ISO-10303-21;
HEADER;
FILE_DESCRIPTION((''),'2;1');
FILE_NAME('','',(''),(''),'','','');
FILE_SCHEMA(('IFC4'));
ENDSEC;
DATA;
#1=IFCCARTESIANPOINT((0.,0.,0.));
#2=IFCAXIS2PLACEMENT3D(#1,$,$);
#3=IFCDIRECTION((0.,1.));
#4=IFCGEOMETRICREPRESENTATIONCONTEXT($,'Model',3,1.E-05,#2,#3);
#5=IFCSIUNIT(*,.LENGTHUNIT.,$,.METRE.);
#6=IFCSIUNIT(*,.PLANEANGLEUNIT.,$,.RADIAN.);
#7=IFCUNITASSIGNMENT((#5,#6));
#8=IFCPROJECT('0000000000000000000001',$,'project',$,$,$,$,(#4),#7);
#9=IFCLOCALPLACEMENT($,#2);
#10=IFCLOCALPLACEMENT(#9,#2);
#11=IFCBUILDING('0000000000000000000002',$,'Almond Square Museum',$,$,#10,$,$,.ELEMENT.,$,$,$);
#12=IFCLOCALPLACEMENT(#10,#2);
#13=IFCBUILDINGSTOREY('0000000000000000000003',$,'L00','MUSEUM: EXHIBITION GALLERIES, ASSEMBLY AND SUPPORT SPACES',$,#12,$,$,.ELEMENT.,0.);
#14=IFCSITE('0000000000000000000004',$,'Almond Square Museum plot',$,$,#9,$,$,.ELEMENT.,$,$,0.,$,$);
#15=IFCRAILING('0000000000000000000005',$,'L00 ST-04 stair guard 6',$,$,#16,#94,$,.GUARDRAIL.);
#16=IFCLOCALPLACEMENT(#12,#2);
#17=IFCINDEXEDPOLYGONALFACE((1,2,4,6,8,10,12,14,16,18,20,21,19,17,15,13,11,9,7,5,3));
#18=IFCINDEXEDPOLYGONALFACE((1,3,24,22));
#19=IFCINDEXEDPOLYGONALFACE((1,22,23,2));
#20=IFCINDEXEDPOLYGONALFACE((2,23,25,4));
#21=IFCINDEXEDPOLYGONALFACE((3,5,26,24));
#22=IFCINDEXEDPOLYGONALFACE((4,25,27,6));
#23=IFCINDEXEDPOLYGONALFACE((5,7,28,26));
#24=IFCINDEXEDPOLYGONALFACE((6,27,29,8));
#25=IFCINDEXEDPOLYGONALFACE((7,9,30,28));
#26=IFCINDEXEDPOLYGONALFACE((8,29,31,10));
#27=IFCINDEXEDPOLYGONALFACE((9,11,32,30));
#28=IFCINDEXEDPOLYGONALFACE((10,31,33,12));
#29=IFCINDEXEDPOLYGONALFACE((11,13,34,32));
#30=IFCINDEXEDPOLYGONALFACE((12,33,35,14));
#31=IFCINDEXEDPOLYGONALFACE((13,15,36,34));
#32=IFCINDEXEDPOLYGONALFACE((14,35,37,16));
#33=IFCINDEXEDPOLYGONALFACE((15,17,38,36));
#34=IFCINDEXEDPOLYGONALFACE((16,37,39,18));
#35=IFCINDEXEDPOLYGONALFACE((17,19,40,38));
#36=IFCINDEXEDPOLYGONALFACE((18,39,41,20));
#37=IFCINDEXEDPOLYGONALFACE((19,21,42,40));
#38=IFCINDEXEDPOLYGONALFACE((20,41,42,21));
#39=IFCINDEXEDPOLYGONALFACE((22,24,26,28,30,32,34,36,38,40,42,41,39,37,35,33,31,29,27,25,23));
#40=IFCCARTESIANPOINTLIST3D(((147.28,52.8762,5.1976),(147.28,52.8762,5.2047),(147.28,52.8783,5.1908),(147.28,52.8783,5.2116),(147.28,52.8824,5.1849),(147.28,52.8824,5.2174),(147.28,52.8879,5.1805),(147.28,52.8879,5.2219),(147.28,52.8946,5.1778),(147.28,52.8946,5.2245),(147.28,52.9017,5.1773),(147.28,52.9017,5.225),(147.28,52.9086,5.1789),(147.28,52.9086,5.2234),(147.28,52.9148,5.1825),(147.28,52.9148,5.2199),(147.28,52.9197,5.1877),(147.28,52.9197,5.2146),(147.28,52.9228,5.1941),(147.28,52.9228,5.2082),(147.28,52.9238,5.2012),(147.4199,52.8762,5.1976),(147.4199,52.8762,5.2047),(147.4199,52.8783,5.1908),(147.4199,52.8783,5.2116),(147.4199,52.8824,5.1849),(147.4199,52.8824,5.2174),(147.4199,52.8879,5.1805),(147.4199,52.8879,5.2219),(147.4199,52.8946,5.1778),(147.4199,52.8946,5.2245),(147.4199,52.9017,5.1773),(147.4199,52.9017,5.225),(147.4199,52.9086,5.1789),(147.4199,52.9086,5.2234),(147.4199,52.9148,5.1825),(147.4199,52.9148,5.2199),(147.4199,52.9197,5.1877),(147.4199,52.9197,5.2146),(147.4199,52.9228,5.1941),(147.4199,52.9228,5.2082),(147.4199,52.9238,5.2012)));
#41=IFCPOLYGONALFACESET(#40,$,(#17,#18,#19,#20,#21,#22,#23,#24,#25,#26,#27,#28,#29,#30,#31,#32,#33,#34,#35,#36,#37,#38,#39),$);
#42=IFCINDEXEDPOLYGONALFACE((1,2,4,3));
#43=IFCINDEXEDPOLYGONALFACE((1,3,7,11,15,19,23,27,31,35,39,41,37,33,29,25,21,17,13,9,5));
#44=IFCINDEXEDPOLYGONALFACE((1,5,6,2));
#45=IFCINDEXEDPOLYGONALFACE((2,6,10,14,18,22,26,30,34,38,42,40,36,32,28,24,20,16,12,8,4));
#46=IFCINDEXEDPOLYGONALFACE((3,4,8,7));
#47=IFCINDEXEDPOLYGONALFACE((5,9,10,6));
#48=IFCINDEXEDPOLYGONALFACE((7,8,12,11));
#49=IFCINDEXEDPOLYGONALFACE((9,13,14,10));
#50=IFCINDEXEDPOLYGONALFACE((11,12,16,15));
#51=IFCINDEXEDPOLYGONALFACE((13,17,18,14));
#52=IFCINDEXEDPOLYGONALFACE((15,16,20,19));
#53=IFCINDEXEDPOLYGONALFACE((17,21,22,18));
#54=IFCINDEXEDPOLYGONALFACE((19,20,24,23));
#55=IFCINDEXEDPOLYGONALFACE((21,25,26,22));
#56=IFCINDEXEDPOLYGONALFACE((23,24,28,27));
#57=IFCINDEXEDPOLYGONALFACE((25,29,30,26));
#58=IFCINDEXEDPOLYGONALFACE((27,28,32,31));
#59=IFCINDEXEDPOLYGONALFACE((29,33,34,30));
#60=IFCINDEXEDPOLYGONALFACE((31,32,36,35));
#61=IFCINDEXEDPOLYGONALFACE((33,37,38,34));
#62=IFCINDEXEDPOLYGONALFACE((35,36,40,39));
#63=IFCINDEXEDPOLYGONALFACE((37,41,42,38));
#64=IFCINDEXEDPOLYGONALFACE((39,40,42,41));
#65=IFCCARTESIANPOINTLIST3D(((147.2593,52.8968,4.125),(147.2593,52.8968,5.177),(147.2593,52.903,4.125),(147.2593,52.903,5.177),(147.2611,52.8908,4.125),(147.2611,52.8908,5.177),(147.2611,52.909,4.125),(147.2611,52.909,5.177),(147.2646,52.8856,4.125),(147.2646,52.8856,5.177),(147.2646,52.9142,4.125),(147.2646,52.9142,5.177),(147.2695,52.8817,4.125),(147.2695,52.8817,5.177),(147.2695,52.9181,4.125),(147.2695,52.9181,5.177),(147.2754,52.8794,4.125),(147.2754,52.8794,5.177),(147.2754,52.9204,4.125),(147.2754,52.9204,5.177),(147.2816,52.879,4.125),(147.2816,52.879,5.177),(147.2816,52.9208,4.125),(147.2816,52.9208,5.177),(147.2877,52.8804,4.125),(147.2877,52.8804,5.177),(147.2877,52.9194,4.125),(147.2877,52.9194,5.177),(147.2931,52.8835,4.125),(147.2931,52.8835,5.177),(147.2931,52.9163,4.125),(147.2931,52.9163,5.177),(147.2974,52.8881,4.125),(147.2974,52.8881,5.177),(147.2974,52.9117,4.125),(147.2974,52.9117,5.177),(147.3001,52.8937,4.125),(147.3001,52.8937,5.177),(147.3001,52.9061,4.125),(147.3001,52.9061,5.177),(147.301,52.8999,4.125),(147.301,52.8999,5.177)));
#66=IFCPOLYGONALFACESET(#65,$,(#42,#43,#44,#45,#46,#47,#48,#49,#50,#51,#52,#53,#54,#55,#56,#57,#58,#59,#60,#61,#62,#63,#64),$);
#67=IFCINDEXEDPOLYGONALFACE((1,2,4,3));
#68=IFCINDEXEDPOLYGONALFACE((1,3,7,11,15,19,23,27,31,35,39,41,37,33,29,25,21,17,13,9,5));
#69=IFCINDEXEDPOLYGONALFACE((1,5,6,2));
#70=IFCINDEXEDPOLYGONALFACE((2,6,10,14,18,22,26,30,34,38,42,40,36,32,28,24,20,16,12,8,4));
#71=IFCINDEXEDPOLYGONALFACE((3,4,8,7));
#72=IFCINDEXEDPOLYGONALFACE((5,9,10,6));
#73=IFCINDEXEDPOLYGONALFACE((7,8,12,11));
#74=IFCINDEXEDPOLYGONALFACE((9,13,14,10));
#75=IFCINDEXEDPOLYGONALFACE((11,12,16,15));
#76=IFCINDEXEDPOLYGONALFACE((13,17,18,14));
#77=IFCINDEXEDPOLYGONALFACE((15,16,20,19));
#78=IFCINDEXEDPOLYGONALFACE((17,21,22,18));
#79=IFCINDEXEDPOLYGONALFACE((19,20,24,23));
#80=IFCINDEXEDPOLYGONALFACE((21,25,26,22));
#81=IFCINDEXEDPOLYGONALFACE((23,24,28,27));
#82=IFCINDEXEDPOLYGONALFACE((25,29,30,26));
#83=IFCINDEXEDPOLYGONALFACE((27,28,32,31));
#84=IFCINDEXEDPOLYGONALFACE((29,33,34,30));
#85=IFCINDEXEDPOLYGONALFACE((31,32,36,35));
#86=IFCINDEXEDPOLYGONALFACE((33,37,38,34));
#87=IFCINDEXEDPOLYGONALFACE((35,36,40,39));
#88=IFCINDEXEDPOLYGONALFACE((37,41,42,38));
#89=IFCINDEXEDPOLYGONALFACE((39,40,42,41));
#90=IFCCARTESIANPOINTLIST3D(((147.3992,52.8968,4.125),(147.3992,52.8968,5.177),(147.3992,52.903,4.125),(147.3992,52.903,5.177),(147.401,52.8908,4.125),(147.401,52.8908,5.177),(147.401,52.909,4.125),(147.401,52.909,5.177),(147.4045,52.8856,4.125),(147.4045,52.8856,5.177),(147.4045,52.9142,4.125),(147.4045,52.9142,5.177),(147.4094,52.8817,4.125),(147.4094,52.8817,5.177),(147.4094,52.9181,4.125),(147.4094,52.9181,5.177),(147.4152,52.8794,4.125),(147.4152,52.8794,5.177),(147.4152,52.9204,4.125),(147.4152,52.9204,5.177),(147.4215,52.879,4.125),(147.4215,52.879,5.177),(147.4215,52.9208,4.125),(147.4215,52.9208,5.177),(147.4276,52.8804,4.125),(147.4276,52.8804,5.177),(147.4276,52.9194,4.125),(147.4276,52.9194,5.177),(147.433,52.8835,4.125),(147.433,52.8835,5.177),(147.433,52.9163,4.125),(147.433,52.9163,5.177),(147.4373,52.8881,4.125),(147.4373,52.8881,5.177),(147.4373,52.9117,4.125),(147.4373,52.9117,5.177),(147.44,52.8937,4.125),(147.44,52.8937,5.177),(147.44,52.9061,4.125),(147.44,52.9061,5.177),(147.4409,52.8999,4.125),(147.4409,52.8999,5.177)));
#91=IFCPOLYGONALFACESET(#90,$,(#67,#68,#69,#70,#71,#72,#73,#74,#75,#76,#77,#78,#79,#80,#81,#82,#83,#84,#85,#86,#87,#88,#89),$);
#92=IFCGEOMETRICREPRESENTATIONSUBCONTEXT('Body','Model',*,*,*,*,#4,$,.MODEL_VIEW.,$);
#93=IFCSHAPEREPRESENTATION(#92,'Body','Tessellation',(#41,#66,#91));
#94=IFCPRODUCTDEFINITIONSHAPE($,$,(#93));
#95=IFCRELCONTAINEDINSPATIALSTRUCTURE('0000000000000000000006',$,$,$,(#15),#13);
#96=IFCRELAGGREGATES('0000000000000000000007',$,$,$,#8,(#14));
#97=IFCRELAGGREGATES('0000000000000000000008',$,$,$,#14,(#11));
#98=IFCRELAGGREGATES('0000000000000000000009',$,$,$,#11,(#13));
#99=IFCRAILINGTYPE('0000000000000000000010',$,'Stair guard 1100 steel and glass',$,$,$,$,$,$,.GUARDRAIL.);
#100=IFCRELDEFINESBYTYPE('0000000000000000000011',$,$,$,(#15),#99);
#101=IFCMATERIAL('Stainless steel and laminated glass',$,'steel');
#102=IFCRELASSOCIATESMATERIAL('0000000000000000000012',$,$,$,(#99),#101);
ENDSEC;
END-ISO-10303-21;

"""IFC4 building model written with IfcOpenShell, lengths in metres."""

from ifc_helpers import new_model, si_unit, direction, frame, origin, origin_2d, place, context, subcontext, project, spatial, circle, extrude, material, type_object, element, save


model = new_model("IFC4")

# Units and contexts
model_context = context("Model", 3, precision=1e-05, world=origin(), true_north=direction((0.0, 1.0)))
body_context = subcontext(model_context, "Body", "Model", "MODEL_VIEW")
ifc_project = project(units=[si_unit("LENGTHUNIT", "METRE"), si_unit("PLANEANGLEUNIT", "RADIAN")], contexts=[model_context])

# Site, building, storey
site_placement = place(None, origin())
site = spatial("IfcSite", under=ifc_project, at=site_placement, Name="Almond Square Museum plot", CompositionType="ELEMENT", RefElevation=0.0)
building_placement = place(site_placement, origin())
building = spatial("IfcBuilding", under=site, at=building_placement, Name="Almond Square Museum", CompositionType="ELEMENT")
storey_placement = place(building_placement, origin())
storey = spatial("IfcBuildingStorey", under=building, at=storey_placement, Name="L00", Description="MUSEUM: EXHIBITION GALLERIES, ASSEMBLY AND SUPPORT SPACES", CompositionType="ELEMENT", Elevation=0.0)

# Railing
ifc_material_1 = material(Name="Stainless steel and laminated glass", Category="steel")
railing_type_1 = type_object("IfcRailingType", Name="Stair guard 1100 steel and glass", PredefinedType="GUARDRAIL", material=ifc_material_1)
railing_1_placement = place(storey_placement, frame((147.28, 52.8999, 4.125)))
element("IfcRailing", 1, at=railing_1_placement, inside=storey, type_object=railing_type_1, Name="L00 ST-04 stair guard 6", PredefinedType="GUARDRAIL", context=body_context, shape_type="SweptSolid", body=[
    extrude(circle(Radius=0.0239, at=origin_2d()), frame((0.0, 0.0, 1.0762), z_axis=(1.0, 0.0, 0.0), x_axis=(0.0, 1.0, 0.0)), (0.0, 0.0, 1.0), 0.1399),
    extrude(circle(Radius=0.021, at=origin_2d()), origin(), (0.0, 0.0, 1.0), 1.052),
    extrude(circle(Radius=0.021, at=origin_2d()), frame((0.1399, 0.0, 0.0)), (0.0, 0.0, 1.0), 1.052),
])

save(model, "model.ifc")
